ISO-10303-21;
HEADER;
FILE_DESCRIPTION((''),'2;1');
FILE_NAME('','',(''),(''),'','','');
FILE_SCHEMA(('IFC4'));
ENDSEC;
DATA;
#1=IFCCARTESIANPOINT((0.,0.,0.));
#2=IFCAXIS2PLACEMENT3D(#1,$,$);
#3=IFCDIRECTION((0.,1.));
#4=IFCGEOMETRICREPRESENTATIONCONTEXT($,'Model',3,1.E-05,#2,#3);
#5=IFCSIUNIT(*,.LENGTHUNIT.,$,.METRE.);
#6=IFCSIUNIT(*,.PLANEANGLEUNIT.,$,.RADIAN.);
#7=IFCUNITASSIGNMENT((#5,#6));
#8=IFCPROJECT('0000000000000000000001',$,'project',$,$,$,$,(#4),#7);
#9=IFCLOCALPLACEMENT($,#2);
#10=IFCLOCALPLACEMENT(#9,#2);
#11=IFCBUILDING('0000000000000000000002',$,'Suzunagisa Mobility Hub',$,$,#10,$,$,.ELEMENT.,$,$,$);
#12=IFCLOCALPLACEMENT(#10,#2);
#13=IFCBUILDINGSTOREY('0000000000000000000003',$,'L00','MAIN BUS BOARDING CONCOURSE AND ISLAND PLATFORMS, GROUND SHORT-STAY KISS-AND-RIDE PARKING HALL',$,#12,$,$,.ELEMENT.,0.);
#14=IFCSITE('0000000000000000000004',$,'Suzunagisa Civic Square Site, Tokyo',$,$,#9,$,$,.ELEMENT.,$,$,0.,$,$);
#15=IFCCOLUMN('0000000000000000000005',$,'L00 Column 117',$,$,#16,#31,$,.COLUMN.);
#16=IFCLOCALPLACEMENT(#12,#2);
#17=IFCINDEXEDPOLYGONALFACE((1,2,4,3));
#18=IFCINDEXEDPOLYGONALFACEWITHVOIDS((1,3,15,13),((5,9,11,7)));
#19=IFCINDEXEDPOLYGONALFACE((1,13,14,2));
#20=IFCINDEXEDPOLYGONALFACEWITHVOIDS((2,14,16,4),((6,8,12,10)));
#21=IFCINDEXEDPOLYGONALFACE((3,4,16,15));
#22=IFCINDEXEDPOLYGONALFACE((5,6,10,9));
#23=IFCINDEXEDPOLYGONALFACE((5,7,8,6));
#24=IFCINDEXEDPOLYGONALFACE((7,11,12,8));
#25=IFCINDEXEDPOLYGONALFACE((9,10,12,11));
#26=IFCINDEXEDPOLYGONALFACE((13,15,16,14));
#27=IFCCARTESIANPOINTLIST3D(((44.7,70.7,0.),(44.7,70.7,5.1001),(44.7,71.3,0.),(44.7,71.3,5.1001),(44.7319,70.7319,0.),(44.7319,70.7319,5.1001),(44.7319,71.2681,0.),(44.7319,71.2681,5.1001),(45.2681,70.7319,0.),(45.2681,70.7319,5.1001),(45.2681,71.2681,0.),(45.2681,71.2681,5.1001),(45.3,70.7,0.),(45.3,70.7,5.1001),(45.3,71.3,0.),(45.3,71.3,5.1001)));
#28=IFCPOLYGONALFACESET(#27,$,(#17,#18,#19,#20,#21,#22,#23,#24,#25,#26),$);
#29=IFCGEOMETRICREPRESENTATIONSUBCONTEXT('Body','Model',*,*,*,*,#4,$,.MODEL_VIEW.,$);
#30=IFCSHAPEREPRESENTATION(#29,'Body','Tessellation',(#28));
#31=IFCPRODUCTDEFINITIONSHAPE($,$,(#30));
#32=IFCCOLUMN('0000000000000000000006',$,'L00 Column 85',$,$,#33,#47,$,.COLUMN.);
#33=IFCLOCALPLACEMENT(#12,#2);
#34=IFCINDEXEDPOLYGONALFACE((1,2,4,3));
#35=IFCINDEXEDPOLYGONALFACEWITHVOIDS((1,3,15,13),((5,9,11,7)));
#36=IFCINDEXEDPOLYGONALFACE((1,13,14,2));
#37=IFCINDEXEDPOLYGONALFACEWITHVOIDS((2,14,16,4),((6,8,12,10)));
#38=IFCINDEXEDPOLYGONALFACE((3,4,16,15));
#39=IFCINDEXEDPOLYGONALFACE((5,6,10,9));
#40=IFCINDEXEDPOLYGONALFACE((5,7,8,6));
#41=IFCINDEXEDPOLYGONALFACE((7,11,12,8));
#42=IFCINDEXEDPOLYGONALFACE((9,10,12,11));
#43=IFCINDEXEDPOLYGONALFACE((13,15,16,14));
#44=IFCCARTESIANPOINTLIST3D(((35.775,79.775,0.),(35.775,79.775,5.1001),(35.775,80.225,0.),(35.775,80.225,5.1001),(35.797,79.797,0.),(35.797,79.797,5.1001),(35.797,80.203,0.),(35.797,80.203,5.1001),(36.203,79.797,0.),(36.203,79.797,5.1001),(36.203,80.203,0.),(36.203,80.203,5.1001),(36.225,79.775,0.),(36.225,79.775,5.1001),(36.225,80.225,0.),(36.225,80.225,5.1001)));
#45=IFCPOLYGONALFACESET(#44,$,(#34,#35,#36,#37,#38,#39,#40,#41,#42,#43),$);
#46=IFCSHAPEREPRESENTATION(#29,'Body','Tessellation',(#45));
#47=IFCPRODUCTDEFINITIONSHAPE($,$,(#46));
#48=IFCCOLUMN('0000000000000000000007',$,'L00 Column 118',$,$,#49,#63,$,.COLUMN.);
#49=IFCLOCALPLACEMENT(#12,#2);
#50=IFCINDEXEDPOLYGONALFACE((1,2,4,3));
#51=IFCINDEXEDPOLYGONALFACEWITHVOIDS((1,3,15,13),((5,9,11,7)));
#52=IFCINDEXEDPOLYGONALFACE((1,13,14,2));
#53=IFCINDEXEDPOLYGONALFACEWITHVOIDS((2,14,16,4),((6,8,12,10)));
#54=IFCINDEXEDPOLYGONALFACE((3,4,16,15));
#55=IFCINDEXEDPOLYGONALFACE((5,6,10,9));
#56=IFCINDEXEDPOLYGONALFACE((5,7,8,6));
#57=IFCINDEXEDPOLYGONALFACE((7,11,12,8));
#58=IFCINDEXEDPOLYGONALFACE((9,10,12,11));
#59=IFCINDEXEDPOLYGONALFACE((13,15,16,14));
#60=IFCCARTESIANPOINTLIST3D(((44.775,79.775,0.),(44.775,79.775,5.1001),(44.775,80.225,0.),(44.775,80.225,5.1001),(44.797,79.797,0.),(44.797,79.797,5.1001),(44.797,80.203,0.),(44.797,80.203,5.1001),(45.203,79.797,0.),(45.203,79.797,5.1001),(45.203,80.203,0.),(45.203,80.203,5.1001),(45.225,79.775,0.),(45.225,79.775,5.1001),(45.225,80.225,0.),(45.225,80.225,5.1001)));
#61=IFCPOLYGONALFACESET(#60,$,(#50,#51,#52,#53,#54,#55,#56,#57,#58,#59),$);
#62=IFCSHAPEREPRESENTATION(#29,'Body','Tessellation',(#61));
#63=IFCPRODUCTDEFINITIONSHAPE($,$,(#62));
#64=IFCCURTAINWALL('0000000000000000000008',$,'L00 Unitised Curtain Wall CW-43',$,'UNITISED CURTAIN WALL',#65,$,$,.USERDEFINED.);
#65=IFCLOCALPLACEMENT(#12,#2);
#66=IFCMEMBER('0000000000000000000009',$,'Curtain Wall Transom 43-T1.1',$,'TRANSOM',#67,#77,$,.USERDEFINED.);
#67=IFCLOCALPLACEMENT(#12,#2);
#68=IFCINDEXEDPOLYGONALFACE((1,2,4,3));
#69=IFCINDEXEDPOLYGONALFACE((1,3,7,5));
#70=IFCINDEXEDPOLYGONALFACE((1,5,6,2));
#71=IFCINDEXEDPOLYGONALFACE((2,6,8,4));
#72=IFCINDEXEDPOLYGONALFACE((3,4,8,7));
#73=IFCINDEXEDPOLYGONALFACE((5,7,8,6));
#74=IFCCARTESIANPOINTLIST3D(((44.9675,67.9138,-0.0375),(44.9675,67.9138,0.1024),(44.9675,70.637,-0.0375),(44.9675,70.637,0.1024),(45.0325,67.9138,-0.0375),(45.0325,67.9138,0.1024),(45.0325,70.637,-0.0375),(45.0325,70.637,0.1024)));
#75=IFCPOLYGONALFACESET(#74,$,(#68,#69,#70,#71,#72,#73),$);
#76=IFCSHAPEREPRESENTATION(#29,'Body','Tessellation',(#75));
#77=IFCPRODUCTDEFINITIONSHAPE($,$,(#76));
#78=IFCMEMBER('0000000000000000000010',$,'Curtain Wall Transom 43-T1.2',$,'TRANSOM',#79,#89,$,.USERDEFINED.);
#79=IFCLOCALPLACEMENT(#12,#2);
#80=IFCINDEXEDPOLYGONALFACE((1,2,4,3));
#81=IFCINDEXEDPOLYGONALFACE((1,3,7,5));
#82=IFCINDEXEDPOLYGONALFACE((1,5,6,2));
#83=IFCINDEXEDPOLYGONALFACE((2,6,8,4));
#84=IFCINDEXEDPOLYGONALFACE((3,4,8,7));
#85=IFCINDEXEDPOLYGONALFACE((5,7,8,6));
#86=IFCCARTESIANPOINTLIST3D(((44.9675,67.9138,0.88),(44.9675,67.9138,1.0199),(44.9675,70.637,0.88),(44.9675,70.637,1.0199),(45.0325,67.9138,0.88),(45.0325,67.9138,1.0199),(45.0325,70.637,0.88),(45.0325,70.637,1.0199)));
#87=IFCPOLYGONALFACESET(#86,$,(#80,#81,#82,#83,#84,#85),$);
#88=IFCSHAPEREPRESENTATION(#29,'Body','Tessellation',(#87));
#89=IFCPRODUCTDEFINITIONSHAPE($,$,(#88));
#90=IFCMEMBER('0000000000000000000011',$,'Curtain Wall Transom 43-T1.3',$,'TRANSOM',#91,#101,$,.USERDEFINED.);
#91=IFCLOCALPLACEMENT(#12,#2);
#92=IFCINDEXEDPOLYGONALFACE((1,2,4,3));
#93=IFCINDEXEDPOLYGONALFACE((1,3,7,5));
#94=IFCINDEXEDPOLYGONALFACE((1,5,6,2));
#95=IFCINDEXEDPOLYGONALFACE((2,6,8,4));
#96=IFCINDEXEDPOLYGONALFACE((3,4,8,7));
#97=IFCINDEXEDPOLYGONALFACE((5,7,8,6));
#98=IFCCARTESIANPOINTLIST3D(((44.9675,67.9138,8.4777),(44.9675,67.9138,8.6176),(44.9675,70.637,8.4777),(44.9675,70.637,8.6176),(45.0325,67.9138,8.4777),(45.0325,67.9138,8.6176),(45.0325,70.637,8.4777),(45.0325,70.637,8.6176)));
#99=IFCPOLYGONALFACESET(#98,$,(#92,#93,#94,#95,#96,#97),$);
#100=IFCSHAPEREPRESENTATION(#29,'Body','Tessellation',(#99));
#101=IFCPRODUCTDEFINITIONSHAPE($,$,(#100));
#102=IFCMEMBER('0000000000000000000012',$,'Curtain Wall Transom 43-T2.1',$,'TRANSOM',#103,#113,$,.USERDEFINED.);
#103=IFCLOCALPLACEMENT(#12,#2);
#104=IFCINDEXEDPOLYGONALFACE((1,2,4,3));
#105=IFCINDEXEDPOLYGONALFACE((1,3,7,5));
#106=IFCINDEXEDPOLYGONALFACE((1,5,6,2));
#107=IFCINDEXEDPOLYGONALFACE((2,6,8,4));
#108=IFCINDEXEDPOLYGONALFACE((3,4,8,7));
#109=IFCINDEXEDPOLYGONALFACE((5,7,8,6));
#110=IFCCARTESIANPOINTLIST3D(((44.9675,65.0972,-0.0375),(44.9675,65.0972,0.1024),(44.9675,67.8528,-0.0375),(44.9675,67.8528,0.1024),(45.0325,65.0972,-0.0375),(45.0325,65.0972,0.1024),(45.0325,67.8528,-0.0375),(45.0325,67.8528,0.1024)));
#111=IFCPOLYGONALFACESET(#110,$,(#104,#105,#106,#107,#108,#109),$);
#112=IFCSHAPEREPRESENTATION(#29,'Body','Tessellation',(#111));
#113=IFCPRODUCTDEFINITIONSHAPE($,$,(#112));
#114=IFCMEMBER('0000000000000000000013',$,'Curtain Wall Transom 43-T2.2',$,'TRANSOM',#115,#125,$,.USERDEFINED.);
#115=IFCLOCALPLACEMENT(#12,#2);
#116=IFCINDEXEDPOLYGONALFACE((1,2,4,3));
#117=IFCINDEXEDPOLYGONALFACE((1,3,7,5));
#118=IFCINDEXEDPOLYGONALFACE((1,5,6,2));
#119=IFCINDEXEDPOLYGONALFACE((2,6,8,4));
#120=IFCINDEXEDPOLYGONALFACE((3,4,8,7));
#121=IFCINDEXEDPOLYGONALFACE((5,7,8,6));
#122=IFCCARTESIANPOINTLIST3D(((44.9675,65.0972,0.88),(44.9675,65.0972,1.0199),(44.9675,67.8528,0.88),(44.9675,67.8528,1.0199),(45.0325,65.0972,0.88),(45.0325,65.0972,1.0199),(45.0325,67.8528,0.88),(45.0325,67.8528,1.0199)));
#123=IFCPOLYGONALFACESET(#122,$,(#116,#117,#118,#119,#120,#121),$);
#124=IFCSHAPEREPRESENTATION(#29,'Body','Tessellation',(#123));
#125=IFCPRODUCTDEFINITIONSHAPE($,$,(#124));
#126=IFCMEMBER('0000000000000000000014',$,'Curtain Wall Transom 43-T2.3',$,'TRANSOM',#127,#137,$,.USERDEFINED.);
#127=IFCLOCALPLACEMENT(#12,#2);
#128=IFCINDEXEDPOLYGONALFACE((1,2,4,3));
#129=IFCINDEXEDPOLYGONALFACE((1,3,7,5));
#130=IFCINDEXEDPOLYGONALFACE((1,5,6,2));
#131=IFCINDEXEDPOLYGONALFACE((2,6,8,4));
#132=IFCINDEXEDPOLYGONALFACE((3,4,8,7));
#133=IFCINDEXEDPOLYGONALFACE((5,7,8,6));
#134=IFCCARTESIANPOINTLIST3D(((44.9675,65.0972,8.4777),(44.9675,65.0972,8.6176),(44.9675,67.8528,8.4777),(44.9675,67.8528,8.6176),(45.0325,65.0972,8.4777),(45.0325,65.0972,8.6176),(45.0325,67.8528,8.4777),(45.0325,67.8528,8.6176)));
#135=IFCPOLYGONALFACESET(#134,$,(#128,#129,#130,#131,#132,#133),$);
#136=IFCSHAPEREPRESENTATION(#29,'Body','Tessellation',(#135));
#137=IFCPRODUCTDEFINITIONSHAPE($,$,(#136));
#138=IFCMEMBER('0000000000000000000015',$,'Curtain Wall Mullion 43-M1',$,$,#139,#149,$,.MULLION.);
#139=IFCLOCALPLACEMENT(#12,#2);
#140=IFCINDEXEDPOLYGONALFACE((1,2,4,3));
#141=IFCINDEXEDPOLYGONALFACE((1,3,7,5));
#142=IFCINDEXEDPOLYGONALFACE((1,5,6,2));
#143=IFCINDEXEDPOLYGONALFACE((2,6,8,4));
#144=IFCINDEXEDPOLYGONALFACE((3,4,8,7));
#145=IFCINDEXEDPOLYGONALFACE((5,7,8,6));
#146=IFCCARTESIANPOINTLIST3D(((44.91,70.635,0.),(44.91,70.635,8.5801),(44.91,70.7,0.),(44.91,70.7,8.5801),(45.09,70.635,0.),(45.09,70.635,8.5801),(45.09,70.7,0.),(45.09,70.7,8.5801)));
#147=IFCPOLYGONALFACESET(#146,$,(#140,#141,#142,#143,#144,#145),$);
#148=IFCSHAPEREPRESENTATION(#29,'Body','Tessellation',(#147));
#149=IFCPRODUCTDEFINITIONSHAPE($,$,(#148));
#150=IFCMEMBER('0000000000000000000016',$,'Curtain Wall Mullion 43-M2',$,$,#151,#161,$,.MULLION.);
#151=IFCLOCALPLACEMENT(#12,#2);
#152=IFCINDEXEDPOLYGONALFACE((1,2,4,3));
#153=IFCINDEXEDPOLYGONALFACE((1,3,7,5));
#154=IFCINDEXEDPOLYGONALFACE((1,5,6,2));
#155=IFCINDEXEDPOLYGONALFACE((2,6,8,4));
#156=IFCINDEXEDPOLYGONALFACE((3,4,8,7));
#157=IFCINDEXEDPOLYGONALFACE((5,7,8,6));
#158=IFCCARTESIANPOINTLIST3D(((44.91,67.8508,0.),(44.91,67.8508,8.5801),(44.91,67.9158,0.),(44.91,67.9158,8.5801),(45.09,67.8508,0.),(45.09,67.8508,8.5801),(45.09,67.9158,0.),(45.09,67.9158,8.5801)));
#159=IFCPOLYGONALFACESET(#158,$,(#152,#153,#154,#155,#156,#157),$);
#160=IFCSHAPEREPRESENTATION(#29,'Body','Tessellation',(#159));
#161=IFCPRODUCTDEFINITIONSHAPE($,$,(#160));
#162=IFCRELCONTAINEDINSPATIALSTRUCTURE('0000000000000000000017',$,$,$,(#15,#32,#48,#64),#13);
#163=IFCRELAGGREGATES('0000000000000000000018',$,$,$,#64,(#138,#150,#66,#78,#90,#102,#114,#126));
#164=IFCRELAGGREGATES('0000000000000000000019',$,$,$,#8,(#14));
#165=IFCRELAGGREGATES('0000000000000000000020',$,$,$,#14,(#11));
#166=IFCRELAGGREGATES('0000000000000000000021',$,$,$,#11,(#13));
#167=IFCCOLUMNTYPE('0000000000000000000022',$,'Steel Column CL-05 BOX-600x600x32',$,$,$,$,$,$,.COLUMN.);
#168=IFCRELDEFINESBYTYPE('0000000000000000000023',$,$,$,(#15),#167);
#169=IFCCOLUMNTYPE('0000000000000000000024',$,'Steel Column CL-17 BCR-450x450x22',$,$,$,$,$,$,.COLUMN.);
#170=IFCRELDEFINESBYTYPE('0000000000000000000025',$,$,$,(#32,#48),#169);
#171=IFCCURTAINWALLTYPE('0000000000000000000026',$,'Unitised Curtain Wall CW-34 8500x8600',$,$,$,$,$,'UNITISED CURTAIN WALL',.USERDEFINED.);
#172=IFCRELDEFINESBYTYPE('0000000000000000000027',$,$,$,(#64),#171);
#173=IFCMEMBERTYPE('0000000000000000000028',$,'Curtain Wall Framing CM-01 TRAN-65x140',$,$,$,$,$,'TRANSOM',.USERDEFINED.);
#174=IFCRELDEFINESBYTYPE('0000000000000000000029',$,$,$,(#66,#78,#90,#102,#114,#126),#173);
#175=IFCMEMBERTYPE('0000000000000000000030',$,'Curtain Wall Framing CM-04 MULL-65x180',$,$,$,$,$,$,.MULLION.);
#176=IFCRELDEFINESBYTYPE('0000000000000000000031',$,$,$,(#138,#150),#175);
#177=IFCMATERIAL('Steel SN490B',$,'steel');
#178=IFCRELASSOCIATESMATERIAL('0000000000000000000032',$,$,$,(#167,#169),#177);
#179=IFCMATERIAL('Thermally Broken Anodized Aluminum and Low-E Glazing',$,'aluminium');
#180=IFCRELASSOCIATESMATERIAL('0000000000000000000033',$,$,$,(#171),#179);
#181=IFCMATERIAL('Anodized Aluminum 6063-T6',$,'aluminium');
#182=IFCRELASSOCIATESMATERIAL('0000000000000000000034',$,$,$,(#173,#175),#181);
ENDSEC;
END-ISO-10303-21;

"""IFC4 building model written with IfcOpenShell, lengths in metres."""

from ifc_helpers import new_model, si_unit, direction, frame, origin, origin_2d, place, context, subcontext, project, spatial, rectangle, hollow_rectangle, extrude, material, material_profile, profile_set, type_object, element, aggregate, save


model = new_model("IFC4")

# Units and contexts
model_context = context("Model", 3, precision=1e-05, world=origin(), true_north=direction((0.0, 1.0)))
body_context = subcontext(model_context, "Body", "Model", "MODEL_VIEW")
ifc_project = project(units=[si_unit("LENGTHUNIT", "METRE"), si_unit("PLANEANGLEUNIT", "RADIAN")], contexts=[model_context])

# Site, building, storey
site_placement = place(None, origin())
site = spatial("IfcSite", under=ifc_project, at=site_placement, Name="Suzunagisa Civic Square Site, Tokyo", CompositionType="ELEMENT", RefElevation=0.0)
building_placement = place(site_placement, origin())
building = spatial("IfcBuilding", under=site, at=building_placement, Name="Suzunagisa Mobility Hub", CompositionType="ELEMENT")
storey_placement = place(building_placement, origin())
storey = spatial("IfcBuildingStorey", under=building, at=storey_placement, Name="L00", Description="MAIN BUS BOARDING CONCOURSE AND ISLAND PLATFORMS, GROUND SHORT-STAY KISS-AND-RIDE PARKING HALL", CompositionType="ELEMENT", Elevation=0.0)

# Columns
ifc_material_1 = material(Name="Steel SN490B", Category="steel")
ifc_material_profile_1 = material_profile(ifc_material_1, hollow_rectangle(XDim=0.6001, YDim=0.6001, WallThickness=0.032, at=origin_2d()), Name="BOX-600x600x32")
ifc_profile_set_1 = profile_set([ifc_material_profile_1], Name="Steel SN490B")
column_type_1 = type_object("IfcColumnType", Name="Steel Column CL-05 BOX-600x600x32", PredefinedType="COLUMN", material=ifc_profile_set_1)
column_placement = place(storey_placement, frame((45.0, 71.0, 0.0), z_axis=(0.0, 0.0, 1.0), x_axis=(1.0, 0.0, 0.0)))
element("IfcColumn", 1, at=column_placement, inside=storey, type_object=column_type_1, Name="L00 Column 117", PredefinedType="COLUMN", context=body_context, shape_type="SweptSolid", body=[
    extrude(hollow_rectangle(XDim=0.6001, YDim=0.6001, WallThickness=0.032, at=origin_2d()), origin(), (0.0, 0.0, 1.0), 5.1001),
])
ifc_material_profile_2 = material_profile(ifc_material_1, hollow_rectangle(XDim=0.45, YDim=0.45, WallThickness=0.022, at=origin_2d()), Name="BCR-450x450x22")
ifc_profile_set_2 = profile_set([ifc_material_profile_2], Name="Steel SN490B")
column_type_2 = type_object("IfcColumnType", Name="Steel Column CL-17 BCR-450x450x22", PredefinedType="COLUMN", material=ifc_profile_set_2)
for number, where, z_axis, x_axis, name in (
    (2, (36.0, 80.0, 0.0), (0.0, 0.0, 1.0), (1.0, 0.0, 0.0), "L00 Column 85"),
    (3, (45.0, 80.0, 0.0), (0.0, 0.0, 1.0), (1.0, 0.0, 0.0), "L00 Column 118"),
):
    element("IfcColumn", number, at=place(storey_placement, frame(where, z_axis=z_axis, x_axis=x_axis)), inside=storey, type_object=column_type_2, Name=name, PredefinedType="COLUMN", context=body_context, shape_type="SweptSolid", body=[
        extrude(hollow_rectangle(XDim=0.45, YDim=0.45, WallThickness=0.022, at=origin_2d()), origin(), (0.0, 0.0, 1.0), 5.1001),
    ])

# Curtain wall, members
ifc_material_2 = material(Name="Thermally Broken Anodized Aluminum and Low-E Glazing", Category="aluminium")
curtain_wall_type = type_object("IfcCurtainWallType", Name="Unitised Curtain Wall CW-34 8500x8600", ElementType="UNITISED CURTAIN WALL", PredefinedType="USERDEFINED", material=ifc_material_2)
curtain_wall_placement = place(storey_placement, origin())
curtain_wall = element("IfcCurtainWall", 4, at=curtain_wall_placement, inside=storey, type_object=curtain_wall_type, Name="L00 Unitised Curtain Wall CW-43", ObjectType="UNITISED CURTAIN WALL", PredefinedType="USERDEFINED")
ifc_material_3 = material(Name="Anodized Aluminum 6063-T6", Category="aluminium")
ifc_material_profile_3 = material_profile(ifc_material_3, rectangle(XDim=0.0649, YDim=0.1399, at=origin_2d()), Name="TRAN-65x140")
ifc_profile_set_3 = profile_set([ifc_material_profile_3], Name="Anodized Aluminum 6063-T6")
member_type_1 = type_object("IfcMemberType", Name="Curtain Wall Framing CM-01 TRAN-65x140", ElementType="TRANSOM", PredefinedType="USERDEFINED", material=ifc_profile_set_3)
member_1_placement = place(storey_placement, frame((45.0, 70.637, 0.0325), z_axis=(0.0, -1.0, 0.0), x_axis=(1.0, 0.0, 0.0)))
member_1 = element("IfcMember", 5, at=member_1_placement, type_object=member_type_1, Name="Curtain Wall Transom 43-T1.1", ObjectType="TRANSOM", PredefinedType="USERDEFINED", context=body_context, shape_type="SweptSolid", body=[
    extrude(rectangle(XDim=0.0649, YDim=0.1399, at=origin_2d()), origin(), (0.0, 0.0, 1.0), 2.7231),
])
member_2_placement = place(storey_placement, frame((45.0, 70.637, 0.95), z_axis=(0.0, -1.0, 0.0), x_axis=(1.0, 0.0, 0.0)))
member_2 = element("IfcMember", 6, at=member_2_placement, type_object=member_type_1, Name="Curtain Wall Transom 43-T1.2", ObjectType="TRANSOM", PredefinedType="USERDEFINED", context=body_context, shape_type="SweptSolid", body=[
    extrude(rectangle(XDim=0.0649, YDim=0.1399, at=origin_2d()), origin(), (0.0, 0.0, 1.0), 2.7231),
])
member_3_placement = place(storey_placement, frame((45.0, 70.637, 8.5476), z_axis=(0.0, -1.0, 0.0), x_axis=(1.0, 0.0, 0.0)))
member_3 = element("IfcMember", 7, at=member_3_placement, type_object=member_type_1, Name="Curtain Wall Transom 43-T1.3", ObjectType="TRANSOM", PredefinedType="USERDEFINED", context=body_context, shape_type="SweptSolid", body=[
    extrude(rectangle(XDim=0.0649, YDim=0.1399, at=origin_2d()), origin(), (0.0, 0.0, 1.0), 2.7231),
])
member_4_placement = place(storey_placement, frame((45.0, 67.8528, 0.0325), z_axis=(0.0, -1.0, 0.0), x_axis=(1.0, 0.0, 0.0)))
member_4 = element("IfcMember", 8, at=member_4_placement, type_object=member_type_1, Name="Curtain Wall Transom 43-T2.1", ObjectType="TRANSOM", PredefinedType="USERDEFINED", context=body_context, shape_type="SweptSolid", body=[
    extrude(rectangle(XDim=0.0649, YDim=0.1399, at=origin_2d()), origin(), (0.0, 0.0, 1.0), 2.7556),
])
member_5_placement = place(storey_placement, frame((45.0, 67.8528, 0.95), z_axis=(0.0, -1.0, 0.0), x_axis=(1.0, 0.0, 0.0)))
member_5 = element("IfcMember", 9, at=member_5_placement, type_object=member_type_1, Name="Curtain Wall Transom 43-T2.2", ObjectType="TRANSOM", PredefinedType="USERDEFINED", context=body_context, shape_type="SweptSolid", body=[
    extrude(rectangle(XDim=0.0649, YDim=0.1399, at=origin_2d()), origin(), (0.0, 0.0, 1.0), 2.7556),
])
member_6_placement = place(storey_placement, frame((45.0, 67.8528, 8.5476), z_axis=(0.0, -1.0, 0.0), x_axis=(1.0, 0.0, 0.0)))
member_6 = element("IfcMember", 10, at=member_6_placement, type_object=member_type_1, Name="Curtain Wall Transom 43-T2.3", ObjectType="TRANSOM", PredefinedType="USERDEFINED", context=body_context, shape_type="SweptSolid", body=[
    extrude(rectangle(XDim=0.0649, YDim=0.1399, at=origin_2d()), origin(), (0.0, 0.0, 1.0), 2.7556),
])
ifc_material_profile_4 = material_profile(ifc_material_3, rectangle(XDim=0.0649, YDim=0.1799, at=origin_2d()), Name="MULL-65x180")
ifc_profile_set_4 = profile_set([ifc_material_profile_4], Name="Anodized Aluminum 6063-T6")
member_type_2 = type_object("IfcMemberType", Name="Curtain Wall Framing CM-04 MULL-65x180", PredefinedType="MULLION", material=ifc_profile_set_4)
member_7_placement = place(storey_placement, frame((45.0, 70.6675, 0.0), z_axis=(0.0, 0.0, 1.0), x_axis=(0.0, -1.0, 0.0)))
member_7 = element("IfcMember", 11, at=member_7_placement, type_object=member_type_2, Name="Curtain Wall Mullion 43-M1", PredefinedType="MULLION", context=body_context, shape_type="SweptSolid", body=[
    extrude(rectangle(XDim=0.0649, YDim=0.1799, at=origin_2d()), origin(), (0.0, 0.0, 1.0), 8.5801),
])
member_8_placement = place(storey_placement, frame((45.0, 67.8833, 0.0), z_axis=(0.0, 0.0, 1.0), x_axis=(0.0, -1.0, 0.0)))
member_8 = element("IfcMember", 12, at=member_8_placement, type_object=member_type_2, Name="Curtain Wall Mullion 43-M2", PredefinedType="MULLION", context=body_context, shape_type="SweptSolid", body=[
    extrude(rectangle(XDim=0.0649, YDim=0.1799, at=origin_2d()), origin(), (0.0, 0.0, 1.0), 8.5801),
])

aggregate(curtain_wall, [member_7, member_8, member_1, member_2, member_3, member_4, member_5, member_6])

save(model, "model.ifc")
